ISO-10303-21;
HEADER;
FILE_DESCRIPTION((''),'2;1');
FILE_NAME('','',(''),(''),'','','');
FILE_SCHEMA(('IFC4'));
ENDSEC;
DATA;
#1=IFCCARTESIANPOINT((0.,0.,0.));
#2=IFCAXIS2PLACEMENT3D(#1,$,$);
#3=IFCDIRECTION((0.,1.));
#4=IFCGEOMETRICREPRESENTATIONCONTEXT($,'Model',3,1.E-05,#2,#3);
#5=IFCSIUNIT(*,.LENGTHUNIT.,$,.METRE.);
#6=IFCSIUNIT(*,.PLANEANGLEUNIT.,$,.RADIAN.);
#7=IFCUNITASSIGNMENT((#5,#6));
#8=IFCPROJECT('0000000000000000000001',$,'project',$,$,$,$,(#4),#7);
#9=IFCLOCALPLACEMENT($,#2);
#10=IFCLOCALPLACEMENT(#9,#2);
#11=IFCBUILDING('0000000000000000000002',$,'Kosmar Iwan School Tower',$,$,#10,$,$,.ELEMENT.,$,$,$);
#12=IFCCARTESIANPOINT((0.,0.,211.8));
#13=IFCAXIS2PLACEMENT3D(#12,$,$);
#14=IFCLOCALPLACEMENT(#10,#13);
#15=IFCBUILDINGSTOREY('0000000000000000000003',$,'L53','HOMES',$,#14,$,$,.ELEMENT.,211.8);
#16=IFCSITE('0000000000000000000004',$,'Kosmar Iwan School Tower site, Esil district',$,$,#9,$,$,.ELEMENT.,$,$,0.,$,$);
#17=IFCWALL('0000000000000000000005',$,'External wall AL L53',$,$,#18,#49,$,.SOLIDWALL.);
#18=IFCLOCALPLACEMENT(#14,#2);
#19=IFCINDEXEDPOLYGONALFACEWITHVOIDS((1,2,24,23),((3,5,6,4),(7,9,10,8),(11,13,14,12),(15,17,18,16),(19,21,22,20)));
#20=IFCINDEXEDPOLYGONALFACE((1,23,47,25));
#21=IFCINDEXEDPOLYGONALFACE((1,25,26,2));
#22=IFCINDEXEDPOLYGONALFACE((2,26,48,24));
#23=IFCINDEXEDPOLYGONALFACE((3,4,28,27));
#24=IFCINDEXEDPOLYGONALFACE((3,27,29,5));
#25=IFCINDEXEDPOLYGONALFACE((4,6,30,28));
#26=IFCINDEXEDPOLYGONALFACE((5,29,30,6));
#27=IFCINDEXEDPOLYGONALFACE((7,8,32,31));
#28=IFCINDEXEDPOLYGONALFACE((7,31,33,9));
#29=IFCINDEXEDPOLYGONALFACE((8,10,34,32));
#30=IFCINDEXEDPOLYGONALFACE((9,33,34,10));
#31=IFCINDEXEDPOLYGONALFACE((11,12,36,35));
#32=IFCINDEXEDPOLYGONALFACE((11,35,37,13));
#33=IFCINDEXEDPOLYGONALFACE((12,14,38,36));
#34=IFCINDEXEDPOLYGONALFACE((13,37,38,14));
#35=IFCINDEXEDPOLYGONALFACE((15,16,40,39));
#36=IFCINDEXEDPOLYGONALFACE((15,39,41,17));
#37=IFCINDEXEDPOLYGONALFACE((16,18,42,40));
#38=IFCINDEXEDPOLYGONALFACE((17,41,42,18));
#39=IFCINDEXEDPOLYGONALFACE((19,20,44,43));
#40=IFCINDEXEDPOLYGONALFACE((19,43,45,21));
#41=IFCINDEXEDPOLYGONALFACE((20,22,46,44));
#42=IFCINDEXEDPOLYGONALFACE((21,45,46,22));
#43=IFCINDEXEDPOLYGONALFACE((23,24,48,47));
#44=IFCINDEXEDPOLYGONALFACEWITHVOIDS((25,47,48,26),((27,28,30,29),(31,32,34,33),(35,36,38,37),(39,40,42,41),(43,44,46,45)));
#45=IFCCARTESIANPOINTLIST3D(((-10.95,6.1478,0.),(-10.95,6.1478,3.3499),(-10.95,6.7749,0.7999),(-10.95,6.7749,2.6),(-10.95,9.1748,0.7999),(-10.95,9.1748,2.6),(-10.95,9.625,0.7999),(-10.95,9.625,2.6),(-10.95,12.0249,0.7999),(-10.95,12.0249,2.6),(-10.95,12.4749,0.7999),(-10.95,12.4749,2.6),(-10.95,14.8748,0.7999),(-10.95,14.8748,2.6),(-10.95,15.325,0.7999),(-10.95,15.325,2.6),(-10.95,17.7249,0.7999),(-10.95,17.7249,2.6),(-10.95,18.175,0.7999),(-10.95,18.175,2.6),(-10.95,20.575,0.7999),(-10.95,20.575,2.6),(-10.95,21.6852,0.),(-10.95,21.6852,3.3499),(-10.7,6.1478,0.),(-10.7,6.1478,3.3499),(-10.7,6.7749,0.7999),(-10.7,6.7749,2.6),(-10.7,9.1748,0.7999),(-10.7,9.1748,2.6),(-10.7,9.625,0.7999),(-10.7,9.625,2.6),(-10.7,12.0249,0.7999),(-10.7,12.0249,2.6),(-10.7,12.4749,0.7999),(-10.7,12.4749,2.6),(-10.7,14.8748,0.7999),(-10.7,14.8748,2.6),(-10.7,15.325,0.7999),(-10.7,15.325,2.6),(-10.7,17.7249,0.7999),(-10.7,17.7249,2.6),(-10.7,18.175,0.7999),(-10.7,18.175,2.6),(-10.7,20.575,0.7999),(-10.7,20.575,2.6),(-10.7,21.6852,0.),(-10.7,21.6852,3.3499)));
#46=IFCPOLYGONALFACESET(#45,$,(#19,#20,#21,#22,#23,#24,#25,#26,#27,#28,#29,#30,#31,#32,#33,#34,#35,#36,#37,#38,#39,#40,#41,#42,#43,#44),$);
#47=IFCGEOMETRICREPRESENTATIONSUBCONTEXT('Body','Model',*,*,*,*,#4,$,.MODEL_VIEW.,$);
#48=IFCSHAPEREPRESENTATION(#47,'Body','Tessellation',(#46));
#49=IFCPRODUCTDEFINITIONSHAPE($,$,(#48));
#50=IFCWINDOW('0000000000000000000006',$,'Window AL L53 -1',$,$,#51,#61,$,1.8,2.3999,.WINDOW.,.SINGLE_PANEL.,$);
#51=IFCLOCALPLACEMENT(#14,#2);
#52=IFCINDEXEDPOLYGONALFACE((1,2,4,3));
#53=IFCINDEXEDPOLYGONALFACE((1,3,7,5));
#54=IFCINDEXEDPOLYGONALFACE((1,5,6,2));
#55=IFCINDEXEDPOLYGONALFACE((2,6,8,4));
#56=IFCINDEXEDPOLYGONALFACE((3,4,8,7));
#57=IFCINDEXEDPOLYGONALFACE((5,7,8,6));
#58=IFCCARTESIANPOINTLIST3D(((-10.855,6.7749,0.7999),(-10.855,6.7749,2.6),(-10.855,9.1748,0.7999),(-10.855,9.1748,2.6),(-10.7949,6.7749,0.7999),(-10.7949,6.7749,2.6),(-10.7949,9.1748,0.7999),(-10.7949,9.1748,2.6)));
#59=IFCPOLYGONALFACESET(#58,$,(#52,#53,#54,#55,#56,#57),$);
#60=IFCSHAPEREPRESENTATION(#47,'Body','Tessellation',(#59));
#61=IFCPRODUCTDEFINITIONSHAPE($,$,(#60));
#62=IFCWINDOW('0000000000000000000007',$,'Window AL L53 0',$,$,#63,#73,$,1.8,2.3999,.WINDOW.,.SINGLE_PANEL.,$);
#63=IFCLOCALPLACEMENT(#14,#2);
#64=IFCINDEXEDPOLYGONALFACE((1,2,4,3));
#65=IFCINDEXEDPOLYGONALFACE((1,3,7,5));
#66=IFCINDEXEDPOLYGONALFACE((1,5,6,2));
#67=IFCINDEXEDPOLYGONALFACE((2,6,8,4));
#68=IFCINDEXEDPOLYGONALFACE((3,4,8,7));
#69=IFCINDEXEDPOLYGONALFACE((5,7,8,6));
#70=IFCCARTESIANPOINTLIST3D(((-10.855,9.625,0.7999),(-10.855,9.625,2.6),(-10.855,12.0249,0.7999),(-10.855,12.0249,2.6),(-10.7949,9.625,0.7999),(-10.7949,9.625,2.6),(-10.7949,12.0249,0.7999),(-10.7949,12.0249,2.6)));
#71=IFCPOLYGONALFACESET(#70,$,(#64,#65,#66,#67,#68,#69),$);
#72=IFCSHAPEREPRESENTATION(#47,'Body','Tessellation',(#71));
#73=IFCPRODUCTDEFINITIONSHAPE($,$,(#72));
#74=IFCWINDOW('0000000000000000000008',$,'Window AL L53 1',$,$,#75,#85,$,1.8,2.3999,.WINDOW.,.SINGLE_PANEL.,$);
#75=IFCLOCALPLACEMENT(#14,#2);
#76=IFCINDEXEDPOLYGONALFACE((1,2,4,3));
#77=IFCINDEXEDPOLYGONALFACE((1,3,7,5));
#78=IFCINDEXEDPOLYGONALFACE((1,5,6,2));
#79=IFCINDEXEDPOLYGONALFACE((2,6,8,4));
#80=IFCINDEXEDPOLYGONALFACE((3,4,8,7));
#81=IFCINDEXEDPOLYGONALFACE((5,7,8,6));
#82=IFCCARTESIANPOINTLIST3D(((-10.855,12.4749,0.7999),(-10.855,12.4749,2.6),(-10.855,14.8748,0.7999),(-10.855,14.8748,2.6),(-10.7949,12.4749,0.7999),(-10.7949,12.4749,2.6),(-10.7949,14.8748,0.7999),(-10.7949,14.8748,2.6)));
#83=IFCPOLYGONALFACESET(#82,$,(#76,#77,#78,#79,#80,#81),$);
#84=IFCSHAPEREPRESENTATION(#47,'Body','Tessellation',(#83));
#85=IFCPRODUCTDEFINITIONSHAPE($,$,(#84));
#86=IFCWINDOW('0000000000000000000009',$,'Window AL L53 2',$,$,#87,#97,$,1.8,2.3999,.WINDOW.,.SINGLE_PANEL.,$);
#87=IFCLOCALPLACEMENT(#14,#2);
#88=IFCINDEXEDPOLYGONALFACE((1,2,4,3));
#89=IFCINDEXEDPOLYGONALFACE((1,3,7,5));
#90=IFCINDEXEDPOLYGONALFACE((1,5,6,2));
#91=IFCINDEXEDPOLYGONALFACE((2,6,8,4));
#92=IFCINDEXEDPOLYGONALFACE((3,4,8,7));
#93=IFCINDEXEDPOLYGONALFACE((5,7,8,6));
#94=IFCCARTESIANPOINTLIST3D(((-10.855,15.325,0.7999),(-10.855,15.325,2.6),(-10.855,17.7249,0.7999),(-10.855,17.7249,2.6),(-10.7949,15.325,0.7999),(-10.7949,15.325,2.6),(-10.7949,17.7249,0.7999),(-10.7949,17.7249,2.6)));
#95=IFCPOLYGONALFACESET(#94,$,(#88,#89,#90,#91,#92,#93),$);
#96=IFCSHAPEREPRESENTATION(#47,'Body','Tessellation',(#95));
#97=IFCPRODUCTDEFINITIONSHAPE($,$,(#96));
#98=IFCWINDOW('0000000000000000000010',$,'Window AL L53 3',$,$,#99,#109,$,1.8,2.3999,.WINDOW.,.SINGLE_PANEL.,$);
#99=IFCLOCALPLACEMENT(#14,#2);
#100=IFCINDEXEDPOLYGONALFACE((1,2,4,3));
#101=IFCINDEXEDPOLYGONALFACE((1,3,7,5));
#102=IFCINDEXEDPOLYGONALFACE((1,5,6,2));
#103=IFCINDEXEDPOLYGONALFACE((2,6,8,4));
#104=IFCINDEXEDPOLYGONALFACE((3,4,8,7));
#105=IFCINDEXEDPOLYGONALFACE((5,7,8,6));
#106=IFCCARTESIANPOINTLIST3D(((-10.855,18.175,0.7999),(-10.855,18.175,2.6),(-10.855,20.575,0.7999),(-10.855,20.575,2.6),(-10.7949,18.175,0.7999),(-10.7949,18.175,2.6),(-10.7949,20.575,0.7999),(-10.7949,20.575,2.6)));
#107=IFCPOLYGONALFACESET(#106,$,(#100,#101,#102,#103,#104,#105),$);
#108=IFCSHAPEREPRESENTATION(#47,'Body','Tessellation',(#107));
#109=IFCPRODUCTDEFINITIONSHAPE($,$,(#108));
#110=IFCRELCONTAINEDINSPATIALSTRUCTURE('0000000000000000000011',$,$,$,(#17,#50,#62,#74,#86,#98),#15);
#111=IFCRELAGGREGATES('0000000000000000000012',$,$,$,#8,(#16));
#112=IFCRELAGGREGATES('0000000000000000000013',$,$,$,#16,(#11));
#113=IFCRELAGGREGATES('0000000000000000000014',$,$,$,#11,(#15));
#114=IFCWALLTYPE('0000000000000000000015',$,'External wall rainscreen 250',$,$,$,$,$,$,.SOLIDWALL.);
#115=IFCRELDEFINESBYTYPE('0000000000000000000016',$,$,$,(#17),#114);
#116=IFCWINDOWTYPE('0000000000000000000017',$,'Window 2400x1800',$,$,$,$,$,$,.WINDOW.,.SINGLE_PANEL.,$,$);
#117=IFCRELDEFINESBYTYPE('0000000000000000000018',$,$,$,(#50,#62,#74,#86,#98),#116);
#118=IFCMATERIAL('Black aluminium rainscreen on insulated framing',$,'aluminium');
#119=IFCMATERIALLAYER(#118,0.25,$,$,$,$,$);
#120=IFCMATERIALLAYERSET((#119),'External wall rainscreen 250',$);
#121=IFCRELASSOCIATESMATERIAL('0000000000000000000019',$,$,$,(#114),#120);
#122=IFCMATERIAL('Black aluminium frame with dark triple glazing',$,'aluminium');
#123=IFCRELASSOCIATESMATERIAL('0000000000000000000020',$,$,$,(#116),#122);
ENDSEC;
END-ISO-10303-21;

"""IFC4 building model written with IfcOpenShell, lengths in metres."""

from ifc_helpers import new_model, si_unit, direction, frame, frame_2d, origin, place, context, subcontext, project, spatial, rectangle, extrude, material, layer, layer_set, type_object, element, fill, save


model = new_model("IFC4")

# Units and contexts
model_context = context("Model", 3, precision=1e-05, world=origin(), true_north=direction((0.0, 1.0)))
body_context = subcontext(model_context, "Body", "Model", "MODEL_VIEW")
ifc_project = project(units=[si_unit("LENGTHUNIT", "METRE"), si_unit("PLANEANGLEUNIT", "RADIAN")], contexts=[model_context])

# Site, building, storey
site_placement = place(None, origin())
site = spatial("IfcSite", under=ifc_project, at=site_placement, Name="Kosmar Iwan School Tower site, Esil district", CompositionType="ELEMENT", RefElevation=0.0)
building_placement = place(site_placement, origin())
building = spatial("IfcBuilding", under=site, at=building_placement, Name="Kosmar Iwan School Tower", CompositionType="ELEMENT")
storey_placement = place(building_placement, frame((0.0, 0.0, 211.8)))
storey = spatial("IfcBuildingStorey", under=building, at=storey_placement, Name="L53", Description="HOMES", CompositionType="ELEMENT", Elevation=211.8)

# Wall, openings, windows
ifc_material_1 = material(Name="Black aluminium rainscreen on insulated framing", Category="aluminium")
ifc_layer_1 = layer(ifc_material_1, 0.25)
ifc_layer_set_1 = layer_set([ifc_layer_1], Name="External wall rainscreen 250")
wall_type_1 = type_object("IfcWallType", Name="External wall rainscreen 250", PredefinedType="SOLIDWALL", material=ifc_layer_set_1)
wall_1_placement = place(storey_placement, frame((-10.825, 6.1479, 0.0), z_axis=(0.0, 0.0, 1.0), x_axis=(0.0, 1.0, 0.0)))
wall_1 = element("IfcWall", 1, at=wall_1_placement, inside=storey, type_object=wall_type_1, Name="External wall AL L53", PredefinedType="SOLIDWALL", context=body_context, shape_type="SweptSolid", body=[
    extrude(rectangle(XDim=15.5374, YDim=0.25, at=frame_2d((7.7686, 0.0))), origin(), (0.0, 0.0, 1.0), 3.3499),
])
opening_1_placement = place(wall_1_placement, frame((0.627, 0.0, 0.8)))
opening_1 = element("IfcOpeningElement", 2, at=opening_1_placement, cuts=wall_1, PredefinedType="OPENING", context=body_context, shape_type="SweptSolid", body=[
    extrude(rectangle(XDim=2.3999, YDim=1.8, at=frame_2d((1.2, 0.8999))), frame((0.0, 0.137, 0.0), z_axis=(0.0, -1.0, 0.0), x_axis=(1.0, 0.0, 0.0)), (0.0, 0.0, 1.0), 0.2739),
])
opening_2_placement = place(wall_1_placement, frame((3.4771, 0.0, 0.8)))
opening_2 = element("IfcOpeningElement", 3, at=opening_2_placement, cuts=wall_1, PredefinedType="OPENING", context=body_context, shape_type="SweptSolid", body=[
    extrude(rectangle(XDim=2.3999, YDim=1.8, at=frame_2d((1.2, 0.8999))), frame((0.0, 0.137, 0.0), z_axis=(0.0, -1.0, 0.0), x_axis=(1.0, 0.0, 0.0)), (0.0, 0.0, 1.0), 0.2739),
])
opening_3_placement = place(wall_1_placement, frame((6.3269, 0.0, 0.8)))
opening_3 = element("IfcOpeningElement", 4, at=opening_3_placement, cuts=wall_1, PredefinedType="OPENING", context=body_context, shape_type="SweptSolid", body=[
    extrude(rectangle(XDim=2.3999, YDim=1.8, at=frame_2d((1.2, 0.8999))), frame((0.0, 0.137, 0.0), z_axis=(0.0, -1.0, 0.0), x_axis=(1.0, 0.0, 0.0)), (0.0, 0.0, 1.0), 0.2739),
])
opening_4_placement = place(wall_1_placement, frame((9.177, 0.0, 0.8)))
opening_4 = element("IfcOpeningElement", 5, at=opening_4_placement, cuts=wall_1, PredefinedType="OPENING", context=body_context, shape_type="SweptSolid", body=[
    extrude(rectangle(XDim=2.3999, YDim=1.8, at=frame_2d((1.2, 0.8999))), frame((0.0, 0.137, 0.0), z_axis=(0.0, -1.0, 0.0), x_axis=(1.0, 0.0, 0.0)), (0.0, 0.0, 1.0), 0.2739),
])
opening_5_placement = place(wall_1_placement, frame((12.0271, 0.0, 0.8)))
opening_5 = element("IfcOpeningElement", 6, at=opening_5_placement, cuts=wall_1, PredefinedType="OPENING", context=body_context, shape_type="SweptSolid", body=[
    extrude(rectangle(XDim=2.3999, YDim=1.8, at=frame_2d((1.2, 0.8999))), frame((0.0, 0.137, 0.0), z_axis=(0.0, -1.0, 0.0), x_axis=(1.0, 0.0, 0.0)), (0.0, 0.0, 1.0), 0.2739),
])
ifc_material_2 = material(Name="Black aluminium frame with dark triple glazing", Category="aluminium")
window_type = type_object("IfcWindowType", Name="Window 2400x1800", PartitioningType="SINGLE_PANEL", PredefinedType="WINDOW", material=ifc_material_2)
window_1_placement = place(opening_1_placement, origin())
window_1 = element("IfcWindow", 7, at=window_1_placement, inside=storey, type_object=window_type, Name="Window AL L53 -1", OverallHeight=1.8, OverallWidth=2.3999, PartitioningType="SINGLE_PANEL", PredefinedType="WINDOW", context=body_context, shape_type="SweptSolid", body=[
    extrude(rectangle(XDim=2.3999, YDim=1.8, at=frame_2d((1.2, 0.8999))), frame((0.0, 0.03, 0.0), z_axis=(0.0, -1.0, 0.0), x_axis=(1.0, 0.0, 0.0)), (0.0, 0.0, 1.0), 0.0601),
])
fill(opening_1, window_1)
window_2_placement = place(opening_2_placement, origin())
window_2 = element("IfcWindow", 8, at=window_2_placement, inside=storey, type_object=window_type, Name="Window AL L53 0", OverallHeight=1.8, OverallWidth=2.3999, PartitioningType="SINGLE_PANEL", PredefinedType="WINDOW", context=body_context, shape_type="SweptSolid", body=[
    extrude(rectangle(XDim=2.3999, YDim=1.8, at=frame_2d((1.2, 0.8999))), frame((0.0, 0.03, 0.0), z_axis=(0.0, -1.0, 0.0), x_axis=(1.0, 0.0, 0.0)), (0.0, 0.0, 1.0), 0.0601),
])
fill(opening_2, window_2)
window_3_placement = place(opening_3_placement, origin())
window_3 = element("IfcWindow", 9, at=window_3_placement, inside=storey, type_object=window_type, Name="Window AL L53 1", OverallHeight=1.8, OverallWidth=2.3999, PartitioningType="SINGLE_PANEL", PredefinedType="WINDOW", context=body_context, shape_type="SweptSolid", body=[
    extrude(rectangle(XDim=2.3999, YDim=1.8, at=frame_2d((1.2, 0.8999))), frame((0.0, 0.03, 0.0), z_axis=(0.0, -1.0, 0.0), x_axis=(1.0, 0.0, 0.0)), (0.0, 0.0, 1.0), 0.0601),
])
fill(opening_3, window_3)
window_4_placement = place(opening_4_placement, origin())
window_4 = element("IfcWindow", 10, at=window_4_placement, inside=storey, type_object=window_type, Name="Window AL L53 2", OverallHeight=1.8, OverallWidth=2.3999, PartitioningType="SINGLE_PANEL", PredefinedType="WINDOW", context=body_context, shape_type="SweptSolid", body=[
    extrude(rectangle(XDim=2.3999, YDim=1.8, at=frame_2d((1.2, 0.8999))), frame((0.0, 0.03, 0.0), z_axis=(0.0, -1.0, 0.0), x_axis=(1.0, 0.0, 0.0)), (0.0, 0.0, 1.0), 0.0601),
])
fill(opening_4, window_4)
window_5_placement = place(opening_5_placement, origin())
window_5 = element("IfcWindow", 11, at=window_5_placement, inside=storey, type_object=window_type, Name="Window AL L53 3", OverallHeight=1.8, OverallWidth=2.3999, PartitioningType="SINGLE_PANEL", PredefinedType="WINDOW", context=body_context, shape_type="SweptSolid", body=[
    extrude(rectangle(XDim=2.3999, YDim=1.8, at=frame_2d((1.2, 0.8999))), frame((0.0, 0.03, 0.0), z_axis=(0.0, -1.0, 0.0), x_axis=(1.0, 0.0, 0.0)), (0.0, 0.0, 1.0), 0.0601),
])
fill(opening_5, window_5)

save(model, "model.ifc")
